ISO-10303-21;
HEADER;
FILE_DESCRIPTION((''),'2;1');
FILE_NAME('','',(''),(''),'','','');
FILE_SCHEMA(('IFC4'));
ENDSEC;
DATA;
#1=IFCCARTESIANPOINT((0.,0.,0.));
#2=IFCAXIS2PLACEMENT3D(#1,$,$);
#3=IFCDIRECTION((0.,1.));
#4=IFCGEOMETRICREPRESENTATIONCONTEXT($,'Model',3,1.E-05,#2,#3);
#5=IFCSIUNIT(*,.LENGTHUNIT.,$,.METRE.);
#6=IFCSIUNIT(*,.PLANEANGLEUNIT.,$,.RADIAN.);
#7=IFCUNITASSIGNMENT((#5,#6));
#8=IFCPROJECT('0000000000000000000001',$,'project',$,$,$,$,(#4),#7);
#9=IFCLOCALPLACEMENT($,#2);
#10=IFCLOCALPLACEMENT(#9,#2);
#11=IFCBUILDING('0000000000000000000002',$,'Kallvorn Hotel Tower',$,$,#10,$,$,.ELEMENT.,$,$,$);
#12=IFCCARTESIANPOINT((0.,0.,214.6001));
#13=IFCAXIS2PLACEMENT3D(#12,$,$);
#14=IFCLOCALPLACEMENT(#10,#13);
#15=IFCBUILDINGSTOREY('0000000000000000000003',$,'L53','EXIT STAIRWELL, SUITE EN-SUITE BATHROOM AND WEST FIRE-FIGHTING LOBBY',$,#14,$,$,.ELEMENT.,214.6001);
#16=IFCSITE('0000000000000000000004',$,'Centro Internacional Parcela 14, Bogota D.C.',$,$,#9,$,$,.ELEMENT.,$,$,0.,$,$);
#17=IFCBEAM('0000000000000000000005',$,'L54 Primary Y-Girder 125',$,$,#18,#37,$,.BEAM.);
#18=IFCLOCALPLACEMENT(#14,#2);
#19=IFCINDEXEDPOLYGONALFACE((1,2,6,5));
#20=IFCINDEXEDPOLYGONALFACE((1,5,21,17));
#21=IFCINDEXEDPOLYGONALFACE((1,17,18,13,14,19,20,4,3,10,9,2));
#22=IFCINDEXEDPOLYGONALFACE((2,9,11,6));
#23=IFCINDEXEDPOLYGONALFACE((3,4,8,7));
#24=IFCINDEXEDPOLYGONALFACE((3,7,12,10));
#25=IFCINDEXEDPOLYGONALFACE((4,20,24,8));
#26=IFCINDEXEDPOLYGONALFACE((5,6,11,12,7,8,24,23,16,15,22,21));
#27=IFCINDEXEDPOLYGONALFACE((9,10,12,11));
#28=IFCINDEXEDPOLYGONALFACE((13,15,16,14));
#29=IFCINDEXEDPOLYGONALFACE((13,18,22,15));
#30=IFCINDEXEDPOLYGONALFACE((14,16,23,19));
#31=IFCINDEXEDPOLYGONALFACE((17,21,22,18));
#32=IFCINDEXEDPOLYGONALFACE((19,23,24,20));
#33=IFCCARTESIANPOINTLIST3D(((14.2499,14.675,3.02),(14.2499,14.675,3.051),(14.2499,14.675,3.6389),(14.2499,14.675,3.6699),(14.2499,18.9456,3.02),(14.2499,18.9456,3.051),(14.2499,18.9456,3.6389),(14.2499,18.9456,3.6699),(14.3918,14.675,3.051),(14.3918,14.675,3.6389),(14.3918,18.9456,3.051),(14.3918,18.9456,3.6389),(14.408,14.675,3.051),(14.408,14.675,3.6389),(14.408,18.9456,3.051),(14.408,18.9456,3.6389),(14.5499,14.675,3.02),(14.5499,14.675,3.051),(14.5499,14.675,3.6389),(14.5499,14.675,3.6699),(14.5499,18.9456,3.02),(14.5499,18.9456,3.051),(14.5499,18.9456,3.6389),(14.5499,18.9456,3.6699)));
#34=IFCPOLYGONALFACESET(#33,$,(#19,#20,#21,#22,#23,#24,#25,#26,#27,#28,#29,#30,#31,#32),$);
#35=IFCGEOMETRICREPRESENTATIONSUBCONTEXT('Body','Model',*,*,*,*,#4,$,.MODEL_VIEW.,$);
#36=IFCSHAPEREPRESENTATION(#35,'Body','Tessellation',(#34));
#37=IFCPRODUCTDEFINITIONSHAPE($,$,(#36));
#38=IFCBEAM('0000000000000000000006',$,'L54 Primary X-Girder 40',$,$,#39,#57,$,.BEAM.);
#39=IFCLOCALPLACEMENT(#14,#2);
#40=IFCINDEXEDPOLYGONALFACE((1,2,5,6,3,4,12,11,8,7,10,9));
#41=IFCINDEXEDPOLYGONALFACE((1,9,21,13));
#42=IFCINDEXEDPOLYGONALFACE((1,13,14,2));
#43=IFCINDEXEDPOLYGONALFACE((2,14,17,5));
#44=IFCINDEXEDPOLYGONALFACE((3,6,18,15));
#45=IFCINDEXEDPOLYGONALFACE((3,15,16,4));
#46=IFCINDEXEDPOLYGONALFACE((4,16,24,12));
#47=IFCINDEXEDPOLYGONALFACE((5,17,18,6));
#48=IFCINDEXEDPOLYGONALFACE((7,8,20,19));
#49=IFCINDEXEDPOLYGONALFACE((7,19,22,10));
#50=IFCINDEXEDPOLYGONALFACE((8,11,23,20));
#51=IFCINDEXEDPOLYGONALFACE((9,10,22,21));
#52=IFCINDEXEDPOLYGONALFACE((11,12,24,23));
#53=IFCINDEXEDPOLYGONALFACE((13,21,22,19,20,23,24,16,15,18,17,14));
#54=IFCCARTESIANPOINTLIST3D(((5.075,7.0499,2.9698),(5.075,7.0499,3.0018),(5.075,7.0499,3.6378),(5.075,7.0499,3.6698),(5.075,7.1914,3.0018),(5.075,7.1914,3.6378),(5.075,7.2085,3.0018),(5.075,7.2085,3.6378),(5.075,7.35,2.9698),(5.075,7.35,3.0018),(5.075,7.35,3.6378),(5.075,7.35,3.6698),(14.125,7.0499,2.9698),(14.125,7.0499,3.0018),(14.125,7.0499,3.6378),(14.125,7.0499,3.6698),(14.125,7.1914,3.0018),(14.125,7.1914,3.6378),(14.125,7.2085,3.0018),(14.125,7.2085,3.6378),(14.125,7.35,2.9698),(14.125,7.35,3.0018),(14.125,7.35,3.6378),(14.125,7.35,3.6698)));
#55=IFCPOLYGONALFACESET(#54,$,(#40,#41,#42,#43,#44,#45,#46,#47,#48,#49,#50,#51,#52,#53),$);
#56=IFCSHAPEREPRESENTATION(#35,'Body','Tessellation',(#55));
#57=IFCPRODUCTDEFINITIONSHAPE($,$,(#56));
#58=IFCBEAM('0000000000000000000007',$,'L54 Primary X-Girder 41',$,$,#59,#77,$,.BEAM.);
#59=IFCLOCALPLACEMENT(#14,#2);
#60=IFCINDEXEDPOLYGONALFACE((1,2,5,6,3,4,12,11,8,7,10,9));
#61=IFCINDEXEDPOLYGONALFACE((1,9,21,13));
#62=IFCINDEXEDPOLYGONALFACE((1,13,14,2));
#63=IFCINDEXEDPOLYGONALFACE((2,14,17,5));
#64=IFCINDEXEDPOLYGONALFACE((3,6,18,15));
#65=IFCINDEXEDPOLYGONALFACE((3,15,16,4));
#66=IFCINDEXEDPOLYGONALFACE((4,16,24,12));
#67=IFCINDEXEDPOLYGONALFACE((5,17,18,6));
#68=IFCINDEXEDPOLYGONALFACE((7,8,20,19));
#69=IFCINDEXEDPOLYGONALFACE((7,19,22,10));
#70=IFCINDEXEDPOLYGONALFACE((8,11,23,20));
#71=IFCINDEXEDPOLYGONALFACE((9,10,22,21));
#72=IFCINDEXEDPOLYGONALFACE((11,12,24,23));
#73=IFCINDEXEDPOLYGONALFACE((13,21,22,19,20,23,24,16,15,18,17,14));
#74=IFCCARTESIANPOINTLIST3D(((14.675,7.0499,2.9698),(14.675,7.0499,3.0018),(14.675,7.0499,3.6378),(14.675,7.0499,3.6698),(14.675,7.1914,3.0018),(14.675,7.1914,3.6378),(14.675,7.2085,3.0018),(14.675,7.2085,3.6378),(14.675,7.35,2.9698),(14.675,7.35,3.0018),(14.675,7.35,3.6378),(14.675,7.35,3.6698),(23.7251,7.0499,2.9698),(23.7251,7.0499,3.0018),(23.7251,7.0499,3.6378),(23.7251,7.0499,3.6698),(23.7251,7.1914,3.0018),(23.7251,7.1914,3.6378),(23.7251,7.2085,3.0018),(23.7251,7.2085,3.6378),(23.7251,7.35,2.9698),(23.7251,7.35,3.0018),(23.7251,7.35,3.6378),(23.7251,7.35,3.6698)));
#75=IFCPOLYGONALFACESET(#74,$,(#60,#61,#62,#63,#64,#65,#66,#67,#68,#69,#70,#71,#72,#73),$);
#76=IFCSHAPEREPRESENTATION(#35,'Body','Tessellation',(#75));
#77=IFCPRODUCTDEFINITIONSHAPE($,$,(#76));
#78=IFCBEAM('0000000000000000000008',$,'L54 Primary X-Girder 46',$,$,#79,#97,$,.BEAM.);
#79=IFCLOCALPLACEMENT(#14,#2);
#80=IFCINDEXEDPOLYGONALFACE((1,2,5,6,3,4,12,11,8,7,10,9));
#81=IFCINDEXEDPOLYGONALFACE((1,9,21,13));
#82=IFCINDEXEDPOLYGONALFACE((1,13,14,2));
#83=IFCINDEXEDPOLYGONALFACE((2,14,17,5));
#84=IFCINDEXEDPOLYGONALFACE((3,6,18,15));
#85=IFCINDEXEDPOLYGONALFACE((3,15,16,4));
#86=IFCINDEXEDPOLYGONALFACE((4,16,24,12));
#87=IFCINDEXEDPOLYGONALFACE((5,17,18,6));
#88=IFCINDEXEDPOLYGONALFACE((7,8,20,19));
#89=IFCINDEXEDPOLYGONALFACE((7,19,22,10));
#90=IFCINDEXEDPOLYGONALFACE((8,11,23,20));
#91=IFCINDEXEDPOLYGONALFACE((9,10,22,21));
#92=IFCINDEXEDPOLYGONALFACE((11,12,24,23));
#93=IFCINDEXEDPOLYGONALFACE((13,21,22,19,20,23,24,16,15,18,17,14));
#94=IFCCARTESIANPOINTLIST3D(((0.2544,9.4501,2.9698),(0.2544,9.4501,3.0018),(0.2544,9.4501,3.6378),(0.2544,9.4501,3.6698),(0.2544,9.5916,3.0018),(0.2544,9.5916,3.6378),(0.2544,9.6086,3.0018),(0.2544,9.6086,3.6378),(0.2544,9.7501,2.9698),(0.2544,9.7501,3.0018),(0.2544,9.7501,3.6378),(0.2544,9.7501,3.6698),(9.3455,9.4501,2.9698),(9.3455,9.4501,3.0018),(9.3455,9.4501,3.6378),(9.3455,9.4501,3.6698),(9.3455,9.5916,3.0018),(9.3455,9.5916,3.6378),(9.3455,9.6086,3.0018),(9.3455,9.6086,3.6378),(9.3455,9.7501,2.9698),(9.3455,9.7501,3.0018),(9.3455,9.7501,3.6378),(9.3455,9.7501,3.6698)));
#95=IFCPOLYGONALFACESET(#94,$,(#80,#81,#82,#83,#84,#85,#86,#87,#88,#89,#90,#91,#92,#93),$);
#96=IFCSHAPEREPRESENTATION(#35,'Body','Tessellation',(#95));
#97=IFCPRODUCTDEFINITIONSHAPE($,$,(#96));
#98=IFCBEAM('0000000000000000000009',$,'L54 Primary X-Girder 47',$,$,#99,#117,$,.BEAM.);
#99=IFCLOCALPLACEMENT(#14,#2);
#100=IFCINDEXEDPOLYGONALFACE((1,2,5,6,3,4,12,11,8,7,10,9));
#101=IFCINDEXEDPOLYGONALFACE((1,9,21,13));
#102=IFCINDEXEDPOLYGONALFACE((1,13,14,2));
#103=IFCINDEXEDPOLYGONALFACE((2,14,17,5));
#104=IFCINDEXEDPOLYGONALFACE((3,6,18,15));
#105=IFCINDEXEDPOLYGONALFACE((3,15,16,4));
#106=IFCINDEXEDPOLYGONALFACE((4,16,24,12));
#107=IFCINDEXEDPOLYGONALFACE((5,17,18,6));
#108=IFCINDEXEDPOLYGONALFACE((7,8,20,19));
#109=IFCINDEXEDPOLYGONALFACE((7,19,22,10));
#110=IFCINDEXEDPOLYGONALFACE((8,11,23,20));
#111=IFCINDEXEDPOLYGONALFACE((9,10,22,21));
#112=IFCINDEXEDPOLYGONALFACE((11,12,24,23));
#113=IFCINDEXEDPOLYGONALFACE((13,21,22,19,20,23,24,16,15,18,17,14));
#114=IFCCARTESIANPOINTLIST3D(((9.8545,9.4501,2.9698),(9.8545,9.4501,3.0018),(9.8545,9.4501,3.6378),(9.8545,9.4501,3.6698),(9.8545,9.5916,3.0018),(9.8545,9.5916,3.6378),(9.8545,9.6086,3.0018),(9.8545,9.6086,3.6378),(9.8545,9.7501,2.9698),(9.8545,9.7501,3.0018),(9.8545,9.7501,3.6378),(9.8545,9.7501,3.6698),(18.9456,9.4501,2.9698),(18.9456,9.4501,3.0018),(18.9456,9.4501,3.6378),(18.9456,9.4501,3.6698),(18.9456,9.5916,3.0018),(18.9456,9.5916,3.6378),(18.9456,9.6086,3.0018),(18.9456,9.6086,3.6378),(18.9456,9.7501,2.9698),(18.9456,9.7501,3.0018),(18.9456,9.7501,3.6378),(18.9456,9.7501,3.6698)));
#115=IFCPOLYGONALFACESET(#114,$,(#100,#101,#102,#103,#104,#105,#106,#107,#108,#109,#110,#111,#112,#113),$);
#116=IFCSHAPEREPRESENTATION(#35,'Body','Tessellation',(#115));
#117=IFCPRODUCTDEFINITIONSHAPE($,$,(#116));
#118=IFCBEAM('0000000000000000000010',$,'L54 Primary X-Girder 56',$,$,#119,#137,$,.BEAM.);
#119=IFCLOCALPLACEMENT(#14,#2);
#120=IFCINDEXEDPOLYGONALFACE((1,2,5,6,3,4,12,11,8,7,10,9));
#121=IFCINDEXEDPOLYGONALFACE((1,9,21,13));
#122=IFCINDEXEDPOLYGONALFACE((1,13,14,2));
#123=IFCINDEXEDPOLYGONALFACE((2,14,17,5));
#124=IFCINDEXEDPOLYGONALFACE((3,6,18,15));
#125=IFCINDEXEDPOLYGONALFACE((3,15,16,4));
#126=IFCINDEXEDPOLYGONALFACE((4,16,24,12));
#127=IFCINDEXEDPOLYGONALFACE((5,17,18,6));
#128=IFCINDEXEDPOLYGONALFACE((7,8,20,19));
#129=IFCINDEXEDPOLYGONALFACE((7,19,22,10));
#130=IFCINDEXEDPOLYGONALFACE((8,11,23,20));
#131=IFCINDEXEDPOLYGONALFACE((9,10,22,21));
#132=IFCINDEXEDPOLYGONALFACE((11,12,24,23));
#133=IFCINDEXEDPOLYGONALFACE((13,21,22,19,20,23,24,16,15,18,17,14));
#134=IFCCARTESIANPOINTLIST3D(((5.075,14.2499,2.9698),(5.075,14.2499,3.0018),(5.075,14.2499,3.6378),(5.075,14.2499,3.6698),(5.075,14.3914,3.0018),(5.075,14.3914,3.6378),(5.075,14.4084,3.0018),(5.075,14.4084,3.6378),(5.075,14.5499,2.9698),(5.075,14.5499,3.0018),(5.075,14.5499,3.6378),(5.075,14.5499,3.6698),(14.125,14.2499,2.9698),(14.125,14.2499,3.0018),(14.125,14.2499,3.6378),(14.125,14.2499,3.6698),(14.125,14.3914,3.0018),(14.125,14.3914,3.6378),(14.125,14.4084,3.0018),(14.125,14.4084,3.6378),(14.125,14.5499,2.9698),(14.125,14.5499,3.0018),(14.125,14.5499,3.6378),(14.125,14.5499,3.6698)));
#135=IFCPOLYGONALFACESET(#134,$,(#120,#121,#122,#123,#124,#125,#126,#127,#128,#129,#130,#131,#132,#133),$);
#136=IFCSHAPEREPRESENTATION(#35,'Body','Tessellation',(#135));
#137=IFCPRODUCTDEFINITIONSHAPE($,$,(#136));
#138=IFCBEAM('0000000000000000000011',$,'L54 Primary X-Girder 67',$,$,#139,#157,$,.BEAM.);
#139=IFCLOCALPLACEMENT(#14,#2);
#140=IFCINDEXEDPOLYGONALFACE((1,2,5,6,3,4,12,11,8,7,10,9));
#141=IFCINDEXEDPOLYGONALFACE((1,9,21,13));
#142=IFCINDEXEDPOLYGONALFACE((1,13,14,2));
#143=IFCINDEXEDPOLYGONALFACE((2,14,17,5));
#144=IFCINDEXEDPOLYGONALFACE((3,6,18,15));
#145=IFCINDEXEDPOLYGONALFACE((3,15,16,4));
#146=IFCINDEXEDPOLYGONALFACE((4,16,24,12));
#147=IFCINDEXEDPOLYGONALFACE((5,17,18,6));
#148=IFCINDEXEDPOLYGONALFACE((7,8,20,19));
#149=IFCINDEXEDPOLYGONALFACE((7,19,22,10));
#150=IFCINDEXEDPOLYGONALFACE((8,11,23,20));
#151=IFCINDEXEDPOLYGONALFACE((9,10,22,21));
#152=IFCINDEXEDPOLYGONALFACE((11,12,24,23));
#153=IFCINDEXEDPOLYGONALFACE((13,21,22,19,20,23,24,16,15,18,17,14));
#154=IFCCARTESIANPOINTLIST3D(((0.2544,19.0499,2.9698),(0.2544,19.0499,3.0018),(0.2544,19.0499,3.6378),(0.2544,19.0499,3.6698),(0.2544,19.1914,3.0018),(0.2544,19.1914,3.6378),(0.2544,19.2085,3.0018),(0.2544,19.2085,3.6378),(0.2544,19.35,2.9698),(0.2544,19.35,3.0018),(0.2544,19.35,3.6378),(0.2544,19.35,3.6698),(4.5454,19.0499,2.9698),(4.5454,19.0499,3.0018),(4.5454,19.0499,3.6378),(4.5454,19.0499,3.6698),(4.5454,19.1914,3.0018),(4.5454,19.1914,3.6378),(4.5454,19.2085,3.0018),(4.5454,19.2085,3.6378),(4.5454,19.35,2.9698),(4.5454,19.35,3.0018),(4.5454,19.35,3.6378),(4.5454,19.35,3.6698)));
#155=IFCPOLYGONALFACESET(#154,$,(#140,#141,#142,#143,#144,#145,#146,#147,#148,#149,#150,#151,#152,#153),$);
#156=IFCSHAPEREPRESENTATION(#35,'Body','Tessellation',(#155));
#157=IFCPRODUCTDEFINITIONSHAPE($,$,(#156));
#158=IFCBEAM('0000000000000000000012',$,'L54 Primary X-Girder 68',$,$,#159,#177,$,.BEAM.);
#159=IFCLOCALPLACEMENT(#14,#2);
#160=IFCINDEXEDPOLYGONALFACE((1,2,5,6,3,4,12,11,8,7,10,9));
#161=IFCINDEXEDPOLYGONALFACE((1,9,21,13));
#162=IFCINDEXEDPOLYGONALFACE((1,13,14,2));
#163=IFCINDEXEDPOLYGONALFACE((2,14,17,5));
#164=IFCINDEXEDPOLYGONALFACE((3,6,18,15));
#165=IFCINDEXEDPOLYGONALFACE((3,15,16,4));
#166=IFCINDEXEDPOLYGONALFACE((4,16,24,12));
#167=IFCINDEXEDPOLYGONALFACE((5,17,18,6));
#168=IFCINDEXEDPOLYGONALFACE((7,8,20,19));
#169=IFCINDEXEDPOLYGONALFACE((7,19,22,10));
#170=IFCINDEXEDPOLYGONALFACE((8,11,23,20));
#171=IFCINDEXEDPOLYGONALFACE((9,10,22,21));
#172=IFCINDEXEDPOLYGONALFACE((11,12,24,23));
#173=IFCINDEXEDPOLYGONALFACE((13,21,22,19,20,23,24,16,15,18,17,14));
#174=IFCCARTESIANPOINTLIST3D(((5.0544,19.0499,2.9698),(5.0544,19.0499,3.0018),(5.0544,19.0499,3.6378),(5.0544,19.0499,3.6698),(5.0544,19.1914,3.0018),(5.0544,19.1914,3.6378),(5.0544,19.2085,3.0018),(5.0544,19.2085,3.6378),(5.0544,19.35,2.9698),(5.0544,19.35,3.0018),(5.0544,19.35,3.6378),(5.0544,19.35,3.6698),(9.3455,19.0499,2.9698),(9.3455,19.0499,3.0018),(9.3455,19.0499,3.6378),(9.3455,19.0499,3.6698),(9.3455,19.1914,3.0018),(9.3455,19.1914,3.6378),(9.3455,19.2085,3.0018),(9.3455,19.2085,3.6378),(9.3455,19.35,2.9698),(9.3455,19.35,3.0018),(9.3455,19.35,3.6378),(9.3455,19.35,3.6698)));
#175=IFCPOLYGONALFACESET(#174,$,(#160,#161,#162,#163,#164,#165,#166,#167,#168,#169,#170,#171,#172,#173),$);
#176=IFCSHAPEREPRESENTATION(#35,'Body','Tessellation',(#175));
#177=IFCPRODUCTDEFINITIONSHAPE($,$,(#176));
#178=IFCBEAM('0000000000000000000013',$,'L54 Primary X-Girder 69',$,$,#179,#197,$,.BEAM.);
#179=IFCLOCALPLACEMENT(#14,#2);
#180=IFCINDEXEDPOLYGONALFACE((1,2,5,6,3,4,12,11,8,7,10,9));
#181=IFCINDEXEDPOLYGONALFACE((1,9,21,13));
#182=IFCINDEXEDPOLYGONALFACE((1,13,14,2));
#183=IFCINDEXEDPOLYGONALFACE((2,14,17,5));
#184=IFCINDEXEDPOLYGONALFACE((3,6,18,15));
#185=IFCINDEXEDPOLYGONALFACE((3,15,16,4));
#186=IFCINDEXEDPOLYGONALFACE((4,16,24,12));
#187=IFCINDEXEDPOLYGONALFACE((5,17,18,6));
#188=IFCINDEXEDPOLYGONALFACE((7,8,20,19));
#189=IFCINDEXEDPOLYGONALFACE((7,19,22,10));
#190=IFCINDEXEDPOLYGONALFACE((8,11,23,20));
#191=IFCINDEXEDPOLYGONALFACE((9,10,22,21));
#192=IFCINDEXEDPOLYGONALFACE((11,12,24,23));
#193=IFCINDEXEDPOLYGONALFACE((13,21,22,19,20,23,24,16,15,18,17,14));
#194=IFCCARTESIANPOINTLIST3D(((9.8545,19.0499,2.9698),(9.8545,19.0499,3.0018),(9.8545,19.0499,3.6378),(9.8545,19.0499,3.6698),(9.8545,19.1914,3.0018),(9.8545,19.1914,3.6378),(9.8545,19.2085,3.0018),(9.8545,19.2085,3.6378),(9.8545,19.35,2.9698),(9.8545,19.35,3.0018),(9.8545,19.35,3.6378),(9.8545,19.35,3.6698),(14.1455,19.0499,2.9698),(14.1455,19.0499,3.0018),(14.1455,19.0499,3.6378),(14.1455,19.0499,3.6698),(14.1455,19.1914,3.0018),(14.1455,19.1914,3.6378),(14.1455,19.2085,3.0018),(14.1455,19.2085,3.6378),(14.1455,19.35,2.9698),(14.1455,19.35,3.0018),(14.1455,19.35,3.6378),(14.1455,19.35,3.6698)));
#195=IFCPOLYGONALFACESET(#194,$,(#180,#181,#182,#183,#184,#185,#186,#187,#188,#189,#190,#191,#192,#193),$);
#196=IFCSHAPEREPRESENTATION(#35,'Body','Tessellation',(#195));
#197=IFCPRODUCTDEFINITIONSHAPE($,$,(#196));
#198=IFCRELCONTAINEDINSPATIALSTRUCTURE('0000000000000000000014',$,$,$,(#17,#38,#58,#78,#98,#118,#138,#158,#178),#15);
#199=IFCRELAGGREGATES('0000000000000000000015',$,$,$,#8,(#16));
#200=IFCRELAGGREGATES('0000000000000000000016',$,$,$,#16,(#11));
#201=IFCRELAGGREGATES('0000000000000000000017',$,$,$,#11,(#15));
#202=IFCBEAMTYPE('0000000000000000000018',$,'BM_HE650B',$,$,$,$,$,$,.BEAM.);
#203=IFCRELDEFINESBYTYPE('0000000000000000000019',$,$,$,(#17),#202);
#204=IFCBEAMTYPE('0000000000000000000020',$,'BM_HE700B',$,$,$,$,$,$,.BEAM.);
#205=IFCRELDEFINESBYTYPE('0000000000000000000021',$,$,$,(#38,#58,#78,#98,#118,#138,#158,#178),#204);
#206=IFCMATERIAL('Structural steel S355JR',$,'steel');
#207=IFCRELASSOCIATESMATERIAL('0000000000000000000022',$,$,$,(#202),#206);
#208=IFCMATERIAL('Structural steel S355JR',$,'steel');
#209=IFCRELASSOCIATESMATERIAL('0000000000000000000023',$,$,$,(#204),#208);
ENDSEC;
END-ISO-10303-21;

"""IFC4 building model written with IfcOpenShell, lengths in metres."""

from ifc_helpers import new_model, si_unit, direction, frame, origin, origin_2d, place, context, subcontext, project, spatial, i_section, extrude, material, material_profile, profile_set, type_object, element, save


model = new_model("IFC4")

# Units and contexts
model_context = context("Model", 3, precision=1e-05, world=origin(), true_north=direction((0.0, 1.0)))
body_context = subcontext(model_context, "Body", "Model", "MODEL_VIEW")
ifc_project = project(units=[si_unit("LENGTHUNIT", "METRE"), si_unit("PLANEANGLEUNIT", "RADIAN")], contexts=[model_context])

# Site, building, storey
site_placement = place(None, origin())
site = spatial("IfcSite", under=ifc_project, at=site_placement, Name="Centro Internacional Parcela 14, Bogota D.C.", CompositionType="ELEMENT", RefElevation=0.0)
building_placement = place(site_placement, origin())
building = spatial("IfcBuilding", under=site, at=building_placement, Name="Kallvorn Hotel Tower", CompositionType="ELEMENT")
storey_placement = place(building_placement, frame((0.0, 0.0, 214.6001)))
storey = spatial("IfcBuildingStorey", under=building, at=storey_placement, Name="L53", Description="EXIT STAIRWELL, SUITE EN-SUITE BATHROOM AND WEST FIRE-FIGHTING LOBBY", CompositionType="ELEMENT", Elevation=214.6001)

# Beams
ifc_material_1 = material(Name="Structural steel S355JR", Category="steel")
ifc_material_profile_1 = material_profile(ifc_material_1, i_section(OverallWidth=0.3, OverallDepth=0.6499, WebThickness=0.0161, FlangeThickness=0.031, at=origin_2d()), Name="HE 650 B")
ifc_profile_set_1 = profile_set([ifc_material_profile_1], Name="Structural steel S355JR")
beam_type_1 = type_object("IfcBeamType", Name="BM_HE650B", PredefinedType="BEAM", material=ifc_profile_set_1)
beam_1_placement = place(storey_placement, frame((14.3999, 14.675, 3.345), z_axis=(0.0, 1.0, 0.0), x_axis=(-1.0, 0.0, 0.0)))
element("IfcBeam", 1, at=beam_1_placement, inside=storey, type_object=beam_type_1, Name="L54 Primary Y-Girder 125", PredefinedType="BEAM", context=body_context, shape_type="SweptSolid", body=[
    extrude(i_section(OverallWidth=0.3, OverallDepth=0.6499, WebThickness=0.0161, FlangeThickness=0.031, at=origin_2d()), origin(), (0.0, 0.0, 1.0), 4.2705),
])
ifc_material_2 = material(Name="Structural steel S355JR", Category="steel")
ifc_material_profile_2 = material_profile(ifc_material_2, i_section(OverallWidth=0.3, OverallDepth=0.7, WebThickness=0.0171, FlangeThickness=0.032, at=origin_2d()), Name="HE 700 B")
ifc_profile_set_2 = profile_set([ifc_material_profile_2], Name="Structural steel S355JR")
beam_type_2 = type_object("IfcBeamType", Name="BM_HE700B", PredefinedType="BEAM", material=ifc_profile_set_2)
for number, where, z_axis, x_axis, name in (
    (2, (5.075, 7.2, 3.3198), (1.0, 0.0, 0.0), (0.0, 1.0, 0.0), "L54 Primary X-Girder 40"),
    (3, (14.675, 7.2, 3.3198), (1.0, 0.0, 0.0), (0.0, 1.0, 0.0), "L54 Primary X-Girder 41"),
):
    element("IfcBeam", number, at=place(storey_placement, frame(where, z_axis=z_axis, x_axis=x_axis)), inside=storey, type_object=beam_type_2, Name=name, PredefinedType="BEAM", context=body_context, shape_type="SweptSolid", body=[
        extrude(i_section(OverallWidth=0.3, OverallDepth=0.7, WebThickness=0.0171, FlangeThickness=0.032, at=origin_2d()), origin(), (0.0, 0.0, 1.0), 9.05),
    ])
for number, where, z_axis, x_axis, name in (
    (4, (0.2544, 9.6001, 3.3198), (1.0, 0.0, 0.0), (0.0, 1.0, 0.0), "L54 Primary X-Girder 46"),
    (5, (9.8545, 9.6001, 3.3198), (1.0, 0.0, 0.0), (0.0, 1.0, 0.0), "L54 Primary X-Girder 47"),
):
    element("IfcBeam", number, at=place(storey_placement, frame(where, z_axis=z_axis, x_axis=x_axis)), inside=storey, type_object=beam_type_2, Name=name, PredefinedType="BEAM", context=body_context, shape_type="SweptSolid", body=[
        extrude(i_section(OverallWidth=0.3, OverallDepth=0.7, WebThickness=0.0171, FlangeThickness=0.032, at=origin_2d()), origin(), (0.0, 0.0, 1.0), 9.0911),
    ])
beam_2_placement = place(storey_placement, frame((5.075, 14.3999, 3.3198), z_axis=(1.0, 0.0, 0.0), x_axis=(0.0, 1.0, 0.0)))
element("IfcBeam", 6, at=beam_2_placement, inside=storey, type_object=beam_type_2, Name="L54 Primary X-Girder 56", PredefinedType="BEAM", context=body_context, shape_type="SweptSolid", body=[
    extrude(i_section(OverallWidth=0.3, OverallDepth=0.7, WebThickness=0.0171, FlangeThickness=0.032, at=origin_2d()), origin(), (0.0, 0.0, 1.0), 9.05),
])
for number, where, z_axis, x_axis, name in (
    (7, (0.2544, 19.2, 3.3198), (1.0, 0.0, 0.0), (0.0, 1.0, 0.0), "L54 Primary X-Girder 67"),
    (8, (5.0544, 19.2, 3.3198), (1.0, 0.0, 0.0), (0.0, 1.0, 0.0), "L54 Primary X-Girder 68"),
    (9, (9.8545, 19.2, 3.3198), (1.0, 0.0, 0.0), (0.0, 1.0, 0.0), "L54 Primary X-Girder 69"),
):
    element("IfcBeam", number, at=place(storey_placement, frame(where, z_axis=z_axis, x_axis=x_axis)), inside=storey, type_object=beam_type_2, Name=name, PredefinedType="BEAM", context=body_context, shape_type="SweptSolid", body=[
        extrude(i_section(OverallWidth=0.3, OverallDepth=0.7, WebThickness=0.0171, FlangeThickness=0.032, at=origin_2d()), origin(), (0.0, 0.0, 1.0), 4.291),
    ])

save(model, "model.ifc")
